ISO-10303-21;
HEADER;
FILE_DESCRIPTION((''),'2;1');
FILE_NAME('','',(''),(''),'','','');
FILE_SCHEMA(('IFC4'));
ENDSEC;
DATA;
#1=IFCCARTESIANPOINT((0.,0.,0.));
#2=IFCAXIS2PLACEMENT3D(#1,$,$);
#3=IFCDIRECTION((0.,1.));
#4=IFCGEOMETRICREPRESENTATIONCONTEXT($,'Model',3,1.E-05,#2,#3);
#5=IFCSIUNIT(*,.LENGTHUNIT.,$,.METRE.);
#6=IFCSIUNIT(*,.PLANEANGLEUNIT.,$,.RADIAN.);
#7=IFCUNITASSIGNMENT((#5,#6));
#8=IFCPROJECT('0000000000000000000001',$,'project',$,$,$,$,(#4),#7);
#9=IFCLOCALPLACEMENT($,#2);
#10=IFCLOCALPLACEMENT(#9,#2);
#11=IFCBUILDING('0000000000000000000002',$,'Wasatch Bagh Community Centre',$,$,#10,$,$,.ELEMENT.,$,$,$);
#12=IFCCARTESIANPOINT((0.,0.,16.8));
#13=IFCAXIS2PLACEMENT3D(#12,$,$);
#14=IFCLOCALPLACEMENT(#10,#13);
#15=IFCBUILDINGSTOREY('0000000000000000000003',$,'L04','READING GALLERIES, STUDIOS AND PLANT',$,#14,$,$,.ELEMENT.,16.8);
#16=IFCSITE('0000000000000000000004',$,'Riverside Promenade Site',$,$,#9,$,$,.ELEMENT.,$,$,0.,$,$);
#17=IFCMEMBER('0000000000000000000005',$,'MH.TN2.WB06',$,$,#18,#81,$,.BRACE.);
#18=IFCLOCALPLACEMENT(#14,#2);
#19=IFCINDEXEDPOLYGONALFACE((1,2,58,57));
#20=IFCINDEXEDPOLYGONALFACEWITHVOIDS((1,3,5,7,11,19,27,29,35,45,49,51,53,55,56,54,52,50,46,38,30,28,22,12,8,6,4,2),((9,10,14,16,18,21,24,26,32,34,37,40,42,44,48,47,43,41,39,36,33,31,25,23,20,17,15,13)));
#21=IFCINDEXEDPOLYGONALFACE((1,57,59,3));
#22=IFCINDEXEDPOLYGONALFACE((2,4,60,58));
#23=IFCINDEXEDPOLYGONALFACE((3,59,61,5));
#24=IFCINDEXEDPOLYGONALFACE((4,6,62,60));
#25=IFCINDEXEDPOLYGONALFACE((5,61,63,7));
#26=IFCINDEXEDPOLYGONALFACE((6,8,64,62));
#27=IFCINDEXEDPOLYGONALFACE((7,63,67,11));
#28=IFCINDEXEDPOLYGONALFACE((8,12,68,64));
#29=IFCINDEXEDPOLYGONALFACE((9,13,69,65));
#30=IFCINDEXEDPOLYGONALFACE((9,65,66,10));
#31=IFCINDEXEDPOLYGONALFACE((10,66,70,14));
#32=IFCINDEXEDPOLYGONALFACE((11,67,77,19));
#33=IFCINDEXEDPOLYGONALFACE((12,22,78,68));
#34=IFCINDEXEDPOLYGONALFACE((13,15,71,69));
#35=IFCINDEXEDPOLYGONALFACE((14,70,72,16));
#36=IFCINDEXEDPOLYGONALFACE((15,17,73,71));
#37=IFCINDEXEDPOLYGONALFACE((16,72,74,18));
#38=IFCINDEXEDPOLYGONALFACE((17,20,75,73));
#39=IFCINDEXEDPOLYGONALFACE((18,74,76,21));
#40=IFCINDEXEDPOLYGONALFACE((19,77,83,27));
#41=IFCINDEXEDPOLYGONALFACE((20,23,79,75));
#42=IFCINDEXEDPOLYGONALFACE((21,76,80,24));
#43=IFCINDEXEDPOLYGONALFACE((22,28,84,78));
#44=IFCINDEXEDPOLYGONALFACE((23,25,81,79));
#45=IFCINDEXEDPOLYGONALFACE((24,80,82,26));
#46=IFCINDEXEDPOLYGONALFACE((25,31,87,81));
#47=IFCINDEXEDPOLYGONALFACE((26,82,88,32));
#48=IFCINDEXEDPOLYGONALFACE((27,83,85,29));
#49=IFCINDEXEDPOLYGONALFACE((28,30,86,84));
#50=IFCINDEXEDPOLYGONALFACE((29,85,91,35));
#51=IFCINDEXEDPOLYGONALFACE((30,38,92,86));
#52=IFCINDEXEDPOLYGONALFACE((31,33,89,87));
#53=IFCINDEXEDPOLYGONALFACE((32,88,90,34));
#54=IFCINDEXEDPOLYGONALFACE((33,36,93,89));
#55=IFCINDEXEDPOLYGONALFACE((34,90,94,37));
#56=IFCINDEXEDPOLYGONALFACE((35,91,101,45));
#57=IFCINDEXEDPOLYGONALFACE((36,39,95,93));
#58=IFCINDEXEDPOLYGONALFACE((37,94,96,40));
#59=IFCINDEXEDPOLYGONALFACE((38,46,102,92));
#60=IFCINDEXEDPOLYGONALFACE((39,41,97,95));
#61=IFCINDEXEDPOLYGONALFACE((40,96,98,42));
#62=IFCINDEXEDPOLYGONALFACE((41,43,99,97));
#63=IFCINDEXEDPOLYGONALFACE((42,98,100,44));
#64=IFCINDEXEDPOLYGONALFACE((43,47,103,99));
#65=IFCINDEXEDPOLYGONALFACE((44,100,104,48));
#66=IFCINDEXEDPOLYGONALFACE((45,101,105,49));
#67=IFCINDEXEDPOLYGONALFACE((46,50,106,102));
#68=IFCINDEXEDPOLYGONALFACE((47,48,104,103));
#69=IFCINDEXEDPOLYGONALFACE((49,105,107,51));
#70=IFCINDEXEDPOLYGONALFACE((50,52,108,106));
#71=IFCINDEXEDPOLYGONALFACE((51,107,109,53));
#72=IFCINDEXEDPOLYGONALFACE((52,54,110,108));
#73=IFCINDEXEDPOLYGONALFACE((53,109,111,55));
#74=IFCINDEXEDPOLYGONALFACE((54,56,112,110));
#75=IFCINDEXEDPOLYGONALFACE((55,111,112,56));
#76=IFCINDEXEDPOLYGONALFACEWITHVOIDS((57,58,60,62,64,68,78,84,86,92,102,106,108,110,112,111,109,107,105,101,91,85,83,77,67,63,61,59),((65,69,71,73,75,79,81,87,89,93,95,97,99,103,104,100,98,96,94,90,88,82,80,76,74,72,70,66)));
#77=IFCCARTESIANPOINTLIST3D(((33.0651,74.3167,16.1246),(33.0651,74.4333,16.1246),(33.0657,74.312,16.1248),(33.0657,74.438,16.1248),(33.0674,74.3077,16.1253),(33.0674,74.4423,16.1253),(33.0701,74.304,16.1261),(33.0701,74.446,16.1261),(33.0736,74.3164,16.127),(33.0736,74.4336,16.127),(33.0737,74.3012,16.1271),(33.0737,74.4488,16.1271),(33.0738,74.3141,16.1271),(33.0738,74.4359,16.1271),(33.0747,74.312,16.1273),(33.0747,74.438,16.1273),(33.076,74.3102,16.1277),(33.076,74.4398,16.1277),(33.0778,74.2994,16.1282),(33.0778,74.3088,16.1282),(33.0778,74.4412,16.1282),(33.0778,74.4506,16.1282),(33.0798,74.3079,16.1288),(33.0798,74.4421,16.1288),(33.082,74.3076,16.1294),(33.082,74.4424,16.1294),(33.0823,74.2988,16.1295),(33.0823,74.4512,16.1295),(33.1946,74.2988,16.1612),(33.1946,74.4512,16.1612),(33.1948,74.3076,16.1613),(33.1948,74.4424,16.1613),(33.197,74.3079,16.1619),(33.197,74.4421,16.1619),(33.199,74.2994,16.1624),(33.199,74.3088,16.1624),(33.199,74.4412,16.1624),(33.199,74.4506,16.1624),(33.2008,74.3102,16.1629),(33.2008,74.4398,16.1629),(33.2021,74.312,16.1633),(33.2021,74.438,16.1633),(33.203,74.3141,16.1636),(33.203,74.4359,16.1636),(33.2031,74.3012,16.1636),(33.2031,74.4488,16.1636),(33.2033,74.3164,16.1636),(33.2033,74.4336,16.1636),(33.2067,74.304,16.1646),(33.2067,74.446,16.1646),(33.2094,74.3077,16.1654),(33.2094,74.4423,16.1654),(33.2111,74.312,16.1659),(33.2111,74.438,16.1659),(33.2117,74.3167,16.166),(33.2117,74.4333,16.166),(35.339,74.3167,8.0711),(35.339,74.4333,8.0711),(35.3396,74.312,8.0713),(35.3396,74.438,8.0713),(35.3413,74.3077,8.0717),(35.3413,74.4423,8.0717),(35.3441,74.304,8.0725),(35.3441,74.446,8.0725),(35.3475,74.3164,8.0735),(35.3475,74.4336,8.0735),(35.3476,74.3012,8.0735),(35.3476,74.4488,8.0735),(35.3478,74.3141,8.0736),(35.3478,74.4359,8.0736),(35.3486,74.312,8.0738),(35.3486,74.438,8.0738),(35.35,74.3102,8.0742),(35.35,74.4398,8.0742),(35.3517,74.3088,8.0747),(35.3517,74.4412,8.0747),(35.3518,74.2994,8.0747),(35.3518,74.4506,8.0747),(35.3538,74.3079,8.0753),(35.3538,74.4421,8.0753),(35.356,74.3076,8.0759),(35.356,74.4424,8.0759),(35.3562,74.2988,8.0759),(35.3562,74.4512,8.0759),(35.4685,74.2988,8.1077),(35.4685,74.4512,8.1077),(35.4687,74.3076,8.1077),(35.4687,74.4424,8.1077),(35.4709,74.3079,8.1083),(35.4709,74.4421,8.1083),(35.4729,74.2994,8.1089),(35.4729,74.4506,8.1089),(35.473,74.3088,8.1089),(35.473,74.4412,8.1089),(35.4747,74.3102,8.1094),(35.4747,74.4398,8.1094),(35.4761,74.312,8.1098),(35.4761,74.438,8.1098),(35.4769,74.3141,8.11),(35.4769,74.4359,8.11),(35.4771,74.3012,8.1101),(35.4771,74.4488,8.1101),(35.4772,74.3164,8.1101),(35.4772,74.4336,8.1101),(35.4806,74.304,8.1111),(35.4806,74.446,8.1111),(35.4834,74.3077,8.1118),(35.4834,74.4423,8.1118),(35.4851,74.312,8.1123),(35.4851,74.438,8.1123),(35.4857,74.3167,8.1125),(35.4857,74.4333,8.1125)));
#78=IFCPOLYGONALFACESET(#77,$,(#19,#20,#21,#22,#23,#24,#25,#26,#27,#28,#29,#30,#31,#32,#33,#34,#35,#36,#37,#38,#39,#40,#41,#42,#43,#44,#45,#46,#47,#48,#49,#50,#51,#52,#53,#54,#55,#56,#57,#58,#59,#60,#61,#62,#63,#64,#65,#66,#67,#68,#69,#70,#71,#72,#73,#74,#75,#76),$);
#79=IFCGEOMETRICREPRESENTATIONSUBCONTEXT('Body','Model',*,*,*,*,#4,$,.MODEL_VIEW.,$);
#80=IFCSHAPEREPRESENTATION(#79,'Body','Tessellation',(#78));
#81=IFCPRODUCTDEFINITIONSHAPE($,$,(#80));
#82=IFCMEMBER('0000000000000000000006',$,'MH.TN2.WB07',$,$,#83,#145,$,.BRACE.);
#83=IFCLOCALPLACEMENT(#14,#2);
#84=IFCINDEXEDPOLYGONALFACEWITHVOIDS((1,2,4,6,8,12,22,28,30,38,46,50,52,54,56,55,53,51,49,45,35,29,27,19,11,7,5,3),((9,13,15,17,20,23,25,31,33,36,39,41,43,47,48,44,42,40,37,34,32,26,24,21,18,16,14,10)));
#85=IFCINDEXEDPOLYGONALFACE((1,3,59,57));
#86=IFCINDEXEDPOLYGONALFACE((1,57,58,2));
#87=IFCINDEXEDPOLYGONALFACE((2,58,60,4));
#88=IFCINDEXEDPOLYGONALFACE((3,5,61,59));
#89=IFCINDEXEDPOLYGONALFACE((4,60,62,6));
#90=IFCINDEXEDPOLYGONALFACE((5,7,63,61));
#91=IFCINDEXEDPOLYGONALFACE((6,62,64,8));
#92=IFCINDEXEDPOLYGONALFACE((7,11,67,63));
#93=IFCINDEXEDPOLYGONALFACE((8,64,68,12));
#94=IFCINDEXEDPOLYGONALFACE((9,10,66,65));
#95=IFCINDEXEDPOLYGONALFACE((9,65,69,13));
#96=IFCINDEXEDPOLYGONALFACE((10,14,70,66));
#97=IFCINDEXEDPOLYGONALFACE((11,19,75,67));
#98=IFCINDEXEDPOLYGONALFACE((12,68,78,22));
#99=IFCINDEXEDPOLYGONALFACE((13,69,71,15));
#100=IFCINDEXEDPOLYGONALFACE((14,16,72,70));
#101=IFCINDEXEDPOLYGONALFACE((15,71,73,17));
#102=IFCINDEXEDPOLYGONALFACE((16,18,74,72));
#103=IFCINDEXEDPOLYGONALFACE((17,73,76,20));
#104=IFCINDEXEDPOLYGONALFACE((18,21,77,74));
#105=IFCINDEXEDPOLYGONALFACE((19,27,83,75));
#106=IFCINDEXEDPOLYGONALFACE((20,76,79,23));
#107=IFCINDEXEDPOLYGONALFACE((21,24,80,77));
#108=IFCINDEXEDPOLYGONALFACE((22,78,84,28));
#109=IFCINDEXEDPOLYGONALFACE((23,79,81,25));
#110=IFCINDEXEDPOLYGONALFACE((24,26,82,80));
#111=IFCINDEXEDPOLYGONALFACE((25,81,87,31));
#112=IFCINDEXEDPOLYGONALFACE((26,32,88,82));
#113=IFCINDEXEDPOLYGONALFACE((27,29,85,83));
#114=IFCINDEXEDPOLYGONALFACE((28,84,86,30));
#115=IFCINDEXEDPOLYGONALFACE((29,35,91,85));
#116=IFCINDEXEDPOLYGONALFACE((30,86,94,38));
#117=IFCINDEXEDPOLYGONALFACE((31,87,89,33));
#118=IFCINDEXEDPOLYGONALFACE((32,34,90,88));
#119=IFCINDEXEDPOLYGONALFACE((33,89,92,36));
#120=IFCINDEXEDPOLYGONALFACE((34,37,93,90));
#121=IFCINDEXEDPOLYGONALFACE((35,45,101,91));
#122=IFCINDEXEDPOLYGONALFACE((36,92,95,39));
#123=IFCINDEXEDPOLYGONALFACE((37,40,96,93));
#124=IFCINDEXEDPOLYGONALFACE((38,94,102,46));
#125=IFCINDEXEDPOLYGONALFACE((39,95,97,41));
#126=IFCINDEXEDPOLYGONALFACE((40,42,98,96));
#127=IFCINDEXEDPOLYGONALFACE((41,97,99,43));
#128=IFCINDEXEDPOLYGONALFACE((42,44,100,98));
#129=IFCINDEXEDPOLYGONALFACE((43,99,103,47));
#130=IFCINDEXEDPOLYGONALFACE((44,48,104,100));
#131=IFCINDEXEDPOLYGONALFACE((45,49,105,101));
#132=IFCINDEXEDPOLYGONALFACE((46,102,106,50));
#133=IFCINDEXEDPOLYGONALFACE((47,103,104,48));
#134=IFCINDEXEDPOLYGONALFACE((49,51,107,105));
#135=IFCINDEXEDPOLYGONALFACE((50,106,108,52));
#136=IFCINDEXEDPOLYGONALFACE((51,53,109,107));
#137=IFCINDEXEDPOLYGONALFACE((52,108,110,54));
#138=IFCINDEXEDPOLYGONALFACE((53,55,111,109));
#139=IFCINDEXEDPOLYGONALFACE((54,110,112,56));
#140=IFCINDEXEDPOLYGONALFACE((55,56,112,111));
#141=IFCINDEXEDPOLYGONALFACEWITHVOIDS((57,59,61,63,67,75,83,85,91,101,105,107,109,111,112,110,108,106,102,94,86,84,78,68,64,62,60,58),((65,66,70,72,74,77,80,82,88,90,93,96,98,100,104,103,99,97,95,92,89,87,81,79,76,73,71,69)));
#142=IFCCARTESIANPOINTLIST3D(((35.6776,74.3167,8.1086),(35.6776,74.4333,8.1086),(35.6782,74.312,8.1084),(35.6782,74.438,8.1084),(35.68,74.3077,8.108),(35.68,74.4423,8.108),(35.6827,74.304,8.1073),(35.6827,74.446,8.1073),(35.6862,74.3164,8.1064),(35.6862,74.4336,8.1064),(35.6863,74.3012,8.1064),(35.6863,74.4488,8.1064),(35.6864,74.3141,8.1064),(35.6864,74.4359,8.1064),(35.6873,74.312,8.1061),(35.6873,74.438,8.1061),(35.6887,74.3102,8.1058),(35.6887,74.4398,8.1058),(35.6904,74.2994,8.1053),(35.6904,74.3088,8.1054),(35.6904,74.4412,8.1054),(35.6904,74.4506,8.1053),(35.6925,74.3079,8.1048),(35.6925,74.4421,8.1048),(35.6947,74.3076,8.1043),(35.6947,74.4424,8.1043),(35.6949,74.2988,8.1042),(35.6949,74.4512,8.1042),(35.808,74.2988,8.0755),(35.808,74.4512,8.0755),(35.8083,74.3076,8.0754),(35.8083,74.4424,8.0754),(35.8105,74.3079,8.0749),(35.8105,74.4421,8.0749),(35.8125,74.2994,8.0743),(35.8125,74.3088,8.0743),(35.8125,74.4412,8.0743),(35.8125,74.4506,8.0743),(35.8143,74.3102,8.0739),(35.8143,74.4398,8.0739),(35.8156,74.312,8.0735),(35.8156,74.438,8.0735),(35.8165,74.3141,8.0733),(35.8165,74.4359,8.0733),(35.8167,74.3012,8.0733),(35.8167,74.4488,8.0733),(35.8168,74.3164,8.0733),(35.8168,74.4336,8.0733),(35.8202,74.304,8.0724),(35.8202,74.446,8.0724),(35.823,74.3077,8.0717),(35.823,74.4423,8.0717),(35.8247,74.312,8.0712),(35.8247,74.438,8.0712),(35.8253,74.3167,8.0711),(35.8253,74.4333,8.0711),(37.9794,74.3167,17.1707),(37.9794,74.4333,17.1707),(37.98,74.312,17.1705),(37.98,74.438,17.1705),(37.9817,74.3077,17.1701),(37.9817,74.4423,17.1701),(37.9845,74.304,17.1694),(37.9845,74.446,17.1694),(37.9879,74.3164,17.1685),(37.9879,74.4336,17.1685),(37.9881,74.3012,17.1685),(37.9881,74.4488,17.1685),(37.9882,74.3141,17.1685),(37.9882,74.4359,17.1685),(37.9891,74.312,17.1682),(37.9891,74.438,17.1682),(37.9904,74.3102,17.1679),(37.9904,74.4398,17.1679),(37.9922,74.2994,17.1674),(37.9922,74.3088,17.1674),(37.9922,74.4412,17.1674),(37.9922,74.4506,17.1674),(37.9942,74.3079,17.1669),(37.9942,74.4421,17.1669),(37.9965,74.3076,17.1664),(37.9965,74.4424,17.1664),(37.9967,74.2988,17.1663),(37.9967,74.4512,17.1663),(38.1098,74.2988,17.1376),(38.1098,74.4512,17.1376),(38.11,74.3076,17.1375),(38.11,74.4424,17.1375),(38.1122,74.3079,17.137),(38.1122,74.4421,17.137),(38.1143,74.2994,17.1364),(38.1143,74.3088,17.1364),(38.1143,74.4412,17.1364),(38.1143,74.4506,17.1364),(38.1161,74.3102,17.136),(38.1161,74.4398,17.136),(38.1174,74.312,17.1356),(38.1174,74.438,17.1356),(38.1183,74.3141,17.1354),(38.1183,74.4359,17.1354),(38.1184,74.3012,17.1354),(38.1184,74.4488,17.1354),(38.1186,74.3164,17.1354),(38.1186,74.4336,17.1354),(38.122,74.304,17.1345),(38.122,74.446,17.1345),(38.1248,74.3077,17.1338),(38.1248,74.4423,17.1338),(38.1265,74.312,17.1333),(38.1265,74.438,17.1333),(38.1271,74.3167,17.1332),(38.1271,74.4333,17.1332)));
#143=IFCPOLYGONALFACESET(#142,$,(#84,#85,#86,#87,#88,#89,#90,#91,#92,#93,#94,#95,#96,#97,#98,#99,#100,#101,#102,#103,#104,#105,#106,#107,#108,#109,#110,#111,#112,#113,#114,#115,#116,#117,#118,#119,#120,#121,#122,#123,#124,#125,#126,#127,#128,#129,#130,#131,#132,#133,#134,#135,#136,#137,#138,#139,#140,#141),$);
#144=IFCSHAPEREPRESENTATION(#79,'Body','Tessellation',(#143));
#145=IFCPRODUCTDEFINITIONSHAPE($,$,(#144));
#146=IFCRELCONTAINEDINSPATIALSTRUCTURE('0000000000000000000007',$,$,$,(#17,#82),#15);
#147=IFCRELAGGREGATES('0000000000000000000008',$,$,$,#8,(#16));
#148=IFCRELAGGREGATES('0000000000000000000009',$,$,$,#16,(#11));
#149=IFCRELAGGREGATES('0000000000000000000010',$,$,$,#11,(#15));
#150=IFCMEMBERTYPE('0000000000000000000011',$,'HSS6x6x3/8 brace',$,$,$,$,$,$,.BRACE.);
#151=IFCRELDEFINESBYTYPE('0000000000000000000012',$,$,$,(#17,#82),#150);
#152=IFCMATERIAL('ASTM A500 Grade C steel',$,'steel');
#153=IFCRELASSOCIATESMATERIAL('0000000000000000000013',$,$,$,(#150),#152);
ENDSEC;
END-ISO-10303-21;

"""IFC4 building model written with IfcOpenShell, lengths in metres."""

from ifc_helpers import new_model, si_unit, direction, frame, origin, origin_2d, place, context, subcontext, project, spatial, hollow_rectangle, extrude, material, material_profile, profile_set, type_object, element, save


model = new_model("IFC4")

# Units and contexts
model_context = context("Model", 3, precision=1e-05, world=origin(), true_north=direction((0.0, 1.0)))
body_context = subcontext(model_context, "Body", "Model", "MODEL_VIEW")
ifc_project = project(units=[si_unit("LENGTHUNIT", "METRE"), si_unit("PLANEANGLEUNIT", "RADIAN")], contexts=[model_context])

# Site, building, storey
site_placement = place(None, origin())
site = spatial("IfcSite", under=ifc_project, at=site_placement, Name="Riverside Promenade Site", CompositionType="ELEMENT", RefElevation=0.0)
building_placement = place(site_placement, origin())
building = spatial("IfcBuilding", under=site, at=building_placement, Name="Wasatch Bagh Community Centre", CompositionType="ELEMENT")
storey_placement = place(building_placement, frame((0.0, 0.0, 16.8)))
storey = spatial("IfcBuildingStorey", under=building, at=storey_placement, Name="L04", Description="READING GALLERIES, STUDIOS AND PLANT", CompositionType="ELEMENT", Elevation=16.8)

# Members
ifc_material_1 = material(Name="ASTM A500 Grade C steel", Category="steel")
ifc_material_profile_1 = material_profile(ifc_material_1, hollow_rectangle(XDim=0.1523, YDim=0.1523, WallThickness=0.0088, InnerFilletRadius=0.0088, OuterFilletRadius=0.0178, at=origin_2d()), Name="HSS6x6x3/8")
ifc_profile_set_1 = profile_set([ifc_material_profile_1], Name="ASTM A500 Grade C steel")
member_type_1 = type_object("IfcMemberType", Name="HSS6x6x3/8 brace", PredefinedType="BRACE", material=ifc_profile_set_1)
member_1_placement = place(storey_placement, frame((35.4124, 74.375, 8.0918), z_axis=(-0.27173, 0.0, 0.962374), x_axis=(0.0, -1.0, 0.0)))
element("IfcMember", 1, at=member_1_placement, inside=storey, type_object=member_type_1, Name="MH.TN2.WB06", PredefinedType="BRACE", context=body_context, shape_type="SweptSolid", body=[
    extrude(hollow_rectangle(XDim=0.1523, YDim=0.1523, WallThickness=0.0088, InnerFilletRadius=0.0088, OuterFilletRadius=0.0178, at=origin_2d()), origin(), (0.0, 0.0, 1.0), 8.3684),
])
member_2_placement = place(storey_placement, frame((35.7515, 74.375, 8.0898), z_axis=(0.246183, 0.0, 0.969223), x_axis=(0.0, 1.0, 0.0)))
element("IfcMember", 2, at=member_2_placement, inside=storey, type_object=member_type_1, Name="MH.TN2.WB07", PredefinedType="BRACE", context=body_context, shape_type="SweptSolid", body=[
    extrude(hollow_rectangle(XDim=0.1523, YDim=0.1523, WallThickness=0.0088, InnerFilletRadius=0.0088, OuterFilletRadius=0.0178, at=origin_2d()), origin(), (0.0, 0.0, 1.0), 9.3499),
])

save(model, "model.ifc")
